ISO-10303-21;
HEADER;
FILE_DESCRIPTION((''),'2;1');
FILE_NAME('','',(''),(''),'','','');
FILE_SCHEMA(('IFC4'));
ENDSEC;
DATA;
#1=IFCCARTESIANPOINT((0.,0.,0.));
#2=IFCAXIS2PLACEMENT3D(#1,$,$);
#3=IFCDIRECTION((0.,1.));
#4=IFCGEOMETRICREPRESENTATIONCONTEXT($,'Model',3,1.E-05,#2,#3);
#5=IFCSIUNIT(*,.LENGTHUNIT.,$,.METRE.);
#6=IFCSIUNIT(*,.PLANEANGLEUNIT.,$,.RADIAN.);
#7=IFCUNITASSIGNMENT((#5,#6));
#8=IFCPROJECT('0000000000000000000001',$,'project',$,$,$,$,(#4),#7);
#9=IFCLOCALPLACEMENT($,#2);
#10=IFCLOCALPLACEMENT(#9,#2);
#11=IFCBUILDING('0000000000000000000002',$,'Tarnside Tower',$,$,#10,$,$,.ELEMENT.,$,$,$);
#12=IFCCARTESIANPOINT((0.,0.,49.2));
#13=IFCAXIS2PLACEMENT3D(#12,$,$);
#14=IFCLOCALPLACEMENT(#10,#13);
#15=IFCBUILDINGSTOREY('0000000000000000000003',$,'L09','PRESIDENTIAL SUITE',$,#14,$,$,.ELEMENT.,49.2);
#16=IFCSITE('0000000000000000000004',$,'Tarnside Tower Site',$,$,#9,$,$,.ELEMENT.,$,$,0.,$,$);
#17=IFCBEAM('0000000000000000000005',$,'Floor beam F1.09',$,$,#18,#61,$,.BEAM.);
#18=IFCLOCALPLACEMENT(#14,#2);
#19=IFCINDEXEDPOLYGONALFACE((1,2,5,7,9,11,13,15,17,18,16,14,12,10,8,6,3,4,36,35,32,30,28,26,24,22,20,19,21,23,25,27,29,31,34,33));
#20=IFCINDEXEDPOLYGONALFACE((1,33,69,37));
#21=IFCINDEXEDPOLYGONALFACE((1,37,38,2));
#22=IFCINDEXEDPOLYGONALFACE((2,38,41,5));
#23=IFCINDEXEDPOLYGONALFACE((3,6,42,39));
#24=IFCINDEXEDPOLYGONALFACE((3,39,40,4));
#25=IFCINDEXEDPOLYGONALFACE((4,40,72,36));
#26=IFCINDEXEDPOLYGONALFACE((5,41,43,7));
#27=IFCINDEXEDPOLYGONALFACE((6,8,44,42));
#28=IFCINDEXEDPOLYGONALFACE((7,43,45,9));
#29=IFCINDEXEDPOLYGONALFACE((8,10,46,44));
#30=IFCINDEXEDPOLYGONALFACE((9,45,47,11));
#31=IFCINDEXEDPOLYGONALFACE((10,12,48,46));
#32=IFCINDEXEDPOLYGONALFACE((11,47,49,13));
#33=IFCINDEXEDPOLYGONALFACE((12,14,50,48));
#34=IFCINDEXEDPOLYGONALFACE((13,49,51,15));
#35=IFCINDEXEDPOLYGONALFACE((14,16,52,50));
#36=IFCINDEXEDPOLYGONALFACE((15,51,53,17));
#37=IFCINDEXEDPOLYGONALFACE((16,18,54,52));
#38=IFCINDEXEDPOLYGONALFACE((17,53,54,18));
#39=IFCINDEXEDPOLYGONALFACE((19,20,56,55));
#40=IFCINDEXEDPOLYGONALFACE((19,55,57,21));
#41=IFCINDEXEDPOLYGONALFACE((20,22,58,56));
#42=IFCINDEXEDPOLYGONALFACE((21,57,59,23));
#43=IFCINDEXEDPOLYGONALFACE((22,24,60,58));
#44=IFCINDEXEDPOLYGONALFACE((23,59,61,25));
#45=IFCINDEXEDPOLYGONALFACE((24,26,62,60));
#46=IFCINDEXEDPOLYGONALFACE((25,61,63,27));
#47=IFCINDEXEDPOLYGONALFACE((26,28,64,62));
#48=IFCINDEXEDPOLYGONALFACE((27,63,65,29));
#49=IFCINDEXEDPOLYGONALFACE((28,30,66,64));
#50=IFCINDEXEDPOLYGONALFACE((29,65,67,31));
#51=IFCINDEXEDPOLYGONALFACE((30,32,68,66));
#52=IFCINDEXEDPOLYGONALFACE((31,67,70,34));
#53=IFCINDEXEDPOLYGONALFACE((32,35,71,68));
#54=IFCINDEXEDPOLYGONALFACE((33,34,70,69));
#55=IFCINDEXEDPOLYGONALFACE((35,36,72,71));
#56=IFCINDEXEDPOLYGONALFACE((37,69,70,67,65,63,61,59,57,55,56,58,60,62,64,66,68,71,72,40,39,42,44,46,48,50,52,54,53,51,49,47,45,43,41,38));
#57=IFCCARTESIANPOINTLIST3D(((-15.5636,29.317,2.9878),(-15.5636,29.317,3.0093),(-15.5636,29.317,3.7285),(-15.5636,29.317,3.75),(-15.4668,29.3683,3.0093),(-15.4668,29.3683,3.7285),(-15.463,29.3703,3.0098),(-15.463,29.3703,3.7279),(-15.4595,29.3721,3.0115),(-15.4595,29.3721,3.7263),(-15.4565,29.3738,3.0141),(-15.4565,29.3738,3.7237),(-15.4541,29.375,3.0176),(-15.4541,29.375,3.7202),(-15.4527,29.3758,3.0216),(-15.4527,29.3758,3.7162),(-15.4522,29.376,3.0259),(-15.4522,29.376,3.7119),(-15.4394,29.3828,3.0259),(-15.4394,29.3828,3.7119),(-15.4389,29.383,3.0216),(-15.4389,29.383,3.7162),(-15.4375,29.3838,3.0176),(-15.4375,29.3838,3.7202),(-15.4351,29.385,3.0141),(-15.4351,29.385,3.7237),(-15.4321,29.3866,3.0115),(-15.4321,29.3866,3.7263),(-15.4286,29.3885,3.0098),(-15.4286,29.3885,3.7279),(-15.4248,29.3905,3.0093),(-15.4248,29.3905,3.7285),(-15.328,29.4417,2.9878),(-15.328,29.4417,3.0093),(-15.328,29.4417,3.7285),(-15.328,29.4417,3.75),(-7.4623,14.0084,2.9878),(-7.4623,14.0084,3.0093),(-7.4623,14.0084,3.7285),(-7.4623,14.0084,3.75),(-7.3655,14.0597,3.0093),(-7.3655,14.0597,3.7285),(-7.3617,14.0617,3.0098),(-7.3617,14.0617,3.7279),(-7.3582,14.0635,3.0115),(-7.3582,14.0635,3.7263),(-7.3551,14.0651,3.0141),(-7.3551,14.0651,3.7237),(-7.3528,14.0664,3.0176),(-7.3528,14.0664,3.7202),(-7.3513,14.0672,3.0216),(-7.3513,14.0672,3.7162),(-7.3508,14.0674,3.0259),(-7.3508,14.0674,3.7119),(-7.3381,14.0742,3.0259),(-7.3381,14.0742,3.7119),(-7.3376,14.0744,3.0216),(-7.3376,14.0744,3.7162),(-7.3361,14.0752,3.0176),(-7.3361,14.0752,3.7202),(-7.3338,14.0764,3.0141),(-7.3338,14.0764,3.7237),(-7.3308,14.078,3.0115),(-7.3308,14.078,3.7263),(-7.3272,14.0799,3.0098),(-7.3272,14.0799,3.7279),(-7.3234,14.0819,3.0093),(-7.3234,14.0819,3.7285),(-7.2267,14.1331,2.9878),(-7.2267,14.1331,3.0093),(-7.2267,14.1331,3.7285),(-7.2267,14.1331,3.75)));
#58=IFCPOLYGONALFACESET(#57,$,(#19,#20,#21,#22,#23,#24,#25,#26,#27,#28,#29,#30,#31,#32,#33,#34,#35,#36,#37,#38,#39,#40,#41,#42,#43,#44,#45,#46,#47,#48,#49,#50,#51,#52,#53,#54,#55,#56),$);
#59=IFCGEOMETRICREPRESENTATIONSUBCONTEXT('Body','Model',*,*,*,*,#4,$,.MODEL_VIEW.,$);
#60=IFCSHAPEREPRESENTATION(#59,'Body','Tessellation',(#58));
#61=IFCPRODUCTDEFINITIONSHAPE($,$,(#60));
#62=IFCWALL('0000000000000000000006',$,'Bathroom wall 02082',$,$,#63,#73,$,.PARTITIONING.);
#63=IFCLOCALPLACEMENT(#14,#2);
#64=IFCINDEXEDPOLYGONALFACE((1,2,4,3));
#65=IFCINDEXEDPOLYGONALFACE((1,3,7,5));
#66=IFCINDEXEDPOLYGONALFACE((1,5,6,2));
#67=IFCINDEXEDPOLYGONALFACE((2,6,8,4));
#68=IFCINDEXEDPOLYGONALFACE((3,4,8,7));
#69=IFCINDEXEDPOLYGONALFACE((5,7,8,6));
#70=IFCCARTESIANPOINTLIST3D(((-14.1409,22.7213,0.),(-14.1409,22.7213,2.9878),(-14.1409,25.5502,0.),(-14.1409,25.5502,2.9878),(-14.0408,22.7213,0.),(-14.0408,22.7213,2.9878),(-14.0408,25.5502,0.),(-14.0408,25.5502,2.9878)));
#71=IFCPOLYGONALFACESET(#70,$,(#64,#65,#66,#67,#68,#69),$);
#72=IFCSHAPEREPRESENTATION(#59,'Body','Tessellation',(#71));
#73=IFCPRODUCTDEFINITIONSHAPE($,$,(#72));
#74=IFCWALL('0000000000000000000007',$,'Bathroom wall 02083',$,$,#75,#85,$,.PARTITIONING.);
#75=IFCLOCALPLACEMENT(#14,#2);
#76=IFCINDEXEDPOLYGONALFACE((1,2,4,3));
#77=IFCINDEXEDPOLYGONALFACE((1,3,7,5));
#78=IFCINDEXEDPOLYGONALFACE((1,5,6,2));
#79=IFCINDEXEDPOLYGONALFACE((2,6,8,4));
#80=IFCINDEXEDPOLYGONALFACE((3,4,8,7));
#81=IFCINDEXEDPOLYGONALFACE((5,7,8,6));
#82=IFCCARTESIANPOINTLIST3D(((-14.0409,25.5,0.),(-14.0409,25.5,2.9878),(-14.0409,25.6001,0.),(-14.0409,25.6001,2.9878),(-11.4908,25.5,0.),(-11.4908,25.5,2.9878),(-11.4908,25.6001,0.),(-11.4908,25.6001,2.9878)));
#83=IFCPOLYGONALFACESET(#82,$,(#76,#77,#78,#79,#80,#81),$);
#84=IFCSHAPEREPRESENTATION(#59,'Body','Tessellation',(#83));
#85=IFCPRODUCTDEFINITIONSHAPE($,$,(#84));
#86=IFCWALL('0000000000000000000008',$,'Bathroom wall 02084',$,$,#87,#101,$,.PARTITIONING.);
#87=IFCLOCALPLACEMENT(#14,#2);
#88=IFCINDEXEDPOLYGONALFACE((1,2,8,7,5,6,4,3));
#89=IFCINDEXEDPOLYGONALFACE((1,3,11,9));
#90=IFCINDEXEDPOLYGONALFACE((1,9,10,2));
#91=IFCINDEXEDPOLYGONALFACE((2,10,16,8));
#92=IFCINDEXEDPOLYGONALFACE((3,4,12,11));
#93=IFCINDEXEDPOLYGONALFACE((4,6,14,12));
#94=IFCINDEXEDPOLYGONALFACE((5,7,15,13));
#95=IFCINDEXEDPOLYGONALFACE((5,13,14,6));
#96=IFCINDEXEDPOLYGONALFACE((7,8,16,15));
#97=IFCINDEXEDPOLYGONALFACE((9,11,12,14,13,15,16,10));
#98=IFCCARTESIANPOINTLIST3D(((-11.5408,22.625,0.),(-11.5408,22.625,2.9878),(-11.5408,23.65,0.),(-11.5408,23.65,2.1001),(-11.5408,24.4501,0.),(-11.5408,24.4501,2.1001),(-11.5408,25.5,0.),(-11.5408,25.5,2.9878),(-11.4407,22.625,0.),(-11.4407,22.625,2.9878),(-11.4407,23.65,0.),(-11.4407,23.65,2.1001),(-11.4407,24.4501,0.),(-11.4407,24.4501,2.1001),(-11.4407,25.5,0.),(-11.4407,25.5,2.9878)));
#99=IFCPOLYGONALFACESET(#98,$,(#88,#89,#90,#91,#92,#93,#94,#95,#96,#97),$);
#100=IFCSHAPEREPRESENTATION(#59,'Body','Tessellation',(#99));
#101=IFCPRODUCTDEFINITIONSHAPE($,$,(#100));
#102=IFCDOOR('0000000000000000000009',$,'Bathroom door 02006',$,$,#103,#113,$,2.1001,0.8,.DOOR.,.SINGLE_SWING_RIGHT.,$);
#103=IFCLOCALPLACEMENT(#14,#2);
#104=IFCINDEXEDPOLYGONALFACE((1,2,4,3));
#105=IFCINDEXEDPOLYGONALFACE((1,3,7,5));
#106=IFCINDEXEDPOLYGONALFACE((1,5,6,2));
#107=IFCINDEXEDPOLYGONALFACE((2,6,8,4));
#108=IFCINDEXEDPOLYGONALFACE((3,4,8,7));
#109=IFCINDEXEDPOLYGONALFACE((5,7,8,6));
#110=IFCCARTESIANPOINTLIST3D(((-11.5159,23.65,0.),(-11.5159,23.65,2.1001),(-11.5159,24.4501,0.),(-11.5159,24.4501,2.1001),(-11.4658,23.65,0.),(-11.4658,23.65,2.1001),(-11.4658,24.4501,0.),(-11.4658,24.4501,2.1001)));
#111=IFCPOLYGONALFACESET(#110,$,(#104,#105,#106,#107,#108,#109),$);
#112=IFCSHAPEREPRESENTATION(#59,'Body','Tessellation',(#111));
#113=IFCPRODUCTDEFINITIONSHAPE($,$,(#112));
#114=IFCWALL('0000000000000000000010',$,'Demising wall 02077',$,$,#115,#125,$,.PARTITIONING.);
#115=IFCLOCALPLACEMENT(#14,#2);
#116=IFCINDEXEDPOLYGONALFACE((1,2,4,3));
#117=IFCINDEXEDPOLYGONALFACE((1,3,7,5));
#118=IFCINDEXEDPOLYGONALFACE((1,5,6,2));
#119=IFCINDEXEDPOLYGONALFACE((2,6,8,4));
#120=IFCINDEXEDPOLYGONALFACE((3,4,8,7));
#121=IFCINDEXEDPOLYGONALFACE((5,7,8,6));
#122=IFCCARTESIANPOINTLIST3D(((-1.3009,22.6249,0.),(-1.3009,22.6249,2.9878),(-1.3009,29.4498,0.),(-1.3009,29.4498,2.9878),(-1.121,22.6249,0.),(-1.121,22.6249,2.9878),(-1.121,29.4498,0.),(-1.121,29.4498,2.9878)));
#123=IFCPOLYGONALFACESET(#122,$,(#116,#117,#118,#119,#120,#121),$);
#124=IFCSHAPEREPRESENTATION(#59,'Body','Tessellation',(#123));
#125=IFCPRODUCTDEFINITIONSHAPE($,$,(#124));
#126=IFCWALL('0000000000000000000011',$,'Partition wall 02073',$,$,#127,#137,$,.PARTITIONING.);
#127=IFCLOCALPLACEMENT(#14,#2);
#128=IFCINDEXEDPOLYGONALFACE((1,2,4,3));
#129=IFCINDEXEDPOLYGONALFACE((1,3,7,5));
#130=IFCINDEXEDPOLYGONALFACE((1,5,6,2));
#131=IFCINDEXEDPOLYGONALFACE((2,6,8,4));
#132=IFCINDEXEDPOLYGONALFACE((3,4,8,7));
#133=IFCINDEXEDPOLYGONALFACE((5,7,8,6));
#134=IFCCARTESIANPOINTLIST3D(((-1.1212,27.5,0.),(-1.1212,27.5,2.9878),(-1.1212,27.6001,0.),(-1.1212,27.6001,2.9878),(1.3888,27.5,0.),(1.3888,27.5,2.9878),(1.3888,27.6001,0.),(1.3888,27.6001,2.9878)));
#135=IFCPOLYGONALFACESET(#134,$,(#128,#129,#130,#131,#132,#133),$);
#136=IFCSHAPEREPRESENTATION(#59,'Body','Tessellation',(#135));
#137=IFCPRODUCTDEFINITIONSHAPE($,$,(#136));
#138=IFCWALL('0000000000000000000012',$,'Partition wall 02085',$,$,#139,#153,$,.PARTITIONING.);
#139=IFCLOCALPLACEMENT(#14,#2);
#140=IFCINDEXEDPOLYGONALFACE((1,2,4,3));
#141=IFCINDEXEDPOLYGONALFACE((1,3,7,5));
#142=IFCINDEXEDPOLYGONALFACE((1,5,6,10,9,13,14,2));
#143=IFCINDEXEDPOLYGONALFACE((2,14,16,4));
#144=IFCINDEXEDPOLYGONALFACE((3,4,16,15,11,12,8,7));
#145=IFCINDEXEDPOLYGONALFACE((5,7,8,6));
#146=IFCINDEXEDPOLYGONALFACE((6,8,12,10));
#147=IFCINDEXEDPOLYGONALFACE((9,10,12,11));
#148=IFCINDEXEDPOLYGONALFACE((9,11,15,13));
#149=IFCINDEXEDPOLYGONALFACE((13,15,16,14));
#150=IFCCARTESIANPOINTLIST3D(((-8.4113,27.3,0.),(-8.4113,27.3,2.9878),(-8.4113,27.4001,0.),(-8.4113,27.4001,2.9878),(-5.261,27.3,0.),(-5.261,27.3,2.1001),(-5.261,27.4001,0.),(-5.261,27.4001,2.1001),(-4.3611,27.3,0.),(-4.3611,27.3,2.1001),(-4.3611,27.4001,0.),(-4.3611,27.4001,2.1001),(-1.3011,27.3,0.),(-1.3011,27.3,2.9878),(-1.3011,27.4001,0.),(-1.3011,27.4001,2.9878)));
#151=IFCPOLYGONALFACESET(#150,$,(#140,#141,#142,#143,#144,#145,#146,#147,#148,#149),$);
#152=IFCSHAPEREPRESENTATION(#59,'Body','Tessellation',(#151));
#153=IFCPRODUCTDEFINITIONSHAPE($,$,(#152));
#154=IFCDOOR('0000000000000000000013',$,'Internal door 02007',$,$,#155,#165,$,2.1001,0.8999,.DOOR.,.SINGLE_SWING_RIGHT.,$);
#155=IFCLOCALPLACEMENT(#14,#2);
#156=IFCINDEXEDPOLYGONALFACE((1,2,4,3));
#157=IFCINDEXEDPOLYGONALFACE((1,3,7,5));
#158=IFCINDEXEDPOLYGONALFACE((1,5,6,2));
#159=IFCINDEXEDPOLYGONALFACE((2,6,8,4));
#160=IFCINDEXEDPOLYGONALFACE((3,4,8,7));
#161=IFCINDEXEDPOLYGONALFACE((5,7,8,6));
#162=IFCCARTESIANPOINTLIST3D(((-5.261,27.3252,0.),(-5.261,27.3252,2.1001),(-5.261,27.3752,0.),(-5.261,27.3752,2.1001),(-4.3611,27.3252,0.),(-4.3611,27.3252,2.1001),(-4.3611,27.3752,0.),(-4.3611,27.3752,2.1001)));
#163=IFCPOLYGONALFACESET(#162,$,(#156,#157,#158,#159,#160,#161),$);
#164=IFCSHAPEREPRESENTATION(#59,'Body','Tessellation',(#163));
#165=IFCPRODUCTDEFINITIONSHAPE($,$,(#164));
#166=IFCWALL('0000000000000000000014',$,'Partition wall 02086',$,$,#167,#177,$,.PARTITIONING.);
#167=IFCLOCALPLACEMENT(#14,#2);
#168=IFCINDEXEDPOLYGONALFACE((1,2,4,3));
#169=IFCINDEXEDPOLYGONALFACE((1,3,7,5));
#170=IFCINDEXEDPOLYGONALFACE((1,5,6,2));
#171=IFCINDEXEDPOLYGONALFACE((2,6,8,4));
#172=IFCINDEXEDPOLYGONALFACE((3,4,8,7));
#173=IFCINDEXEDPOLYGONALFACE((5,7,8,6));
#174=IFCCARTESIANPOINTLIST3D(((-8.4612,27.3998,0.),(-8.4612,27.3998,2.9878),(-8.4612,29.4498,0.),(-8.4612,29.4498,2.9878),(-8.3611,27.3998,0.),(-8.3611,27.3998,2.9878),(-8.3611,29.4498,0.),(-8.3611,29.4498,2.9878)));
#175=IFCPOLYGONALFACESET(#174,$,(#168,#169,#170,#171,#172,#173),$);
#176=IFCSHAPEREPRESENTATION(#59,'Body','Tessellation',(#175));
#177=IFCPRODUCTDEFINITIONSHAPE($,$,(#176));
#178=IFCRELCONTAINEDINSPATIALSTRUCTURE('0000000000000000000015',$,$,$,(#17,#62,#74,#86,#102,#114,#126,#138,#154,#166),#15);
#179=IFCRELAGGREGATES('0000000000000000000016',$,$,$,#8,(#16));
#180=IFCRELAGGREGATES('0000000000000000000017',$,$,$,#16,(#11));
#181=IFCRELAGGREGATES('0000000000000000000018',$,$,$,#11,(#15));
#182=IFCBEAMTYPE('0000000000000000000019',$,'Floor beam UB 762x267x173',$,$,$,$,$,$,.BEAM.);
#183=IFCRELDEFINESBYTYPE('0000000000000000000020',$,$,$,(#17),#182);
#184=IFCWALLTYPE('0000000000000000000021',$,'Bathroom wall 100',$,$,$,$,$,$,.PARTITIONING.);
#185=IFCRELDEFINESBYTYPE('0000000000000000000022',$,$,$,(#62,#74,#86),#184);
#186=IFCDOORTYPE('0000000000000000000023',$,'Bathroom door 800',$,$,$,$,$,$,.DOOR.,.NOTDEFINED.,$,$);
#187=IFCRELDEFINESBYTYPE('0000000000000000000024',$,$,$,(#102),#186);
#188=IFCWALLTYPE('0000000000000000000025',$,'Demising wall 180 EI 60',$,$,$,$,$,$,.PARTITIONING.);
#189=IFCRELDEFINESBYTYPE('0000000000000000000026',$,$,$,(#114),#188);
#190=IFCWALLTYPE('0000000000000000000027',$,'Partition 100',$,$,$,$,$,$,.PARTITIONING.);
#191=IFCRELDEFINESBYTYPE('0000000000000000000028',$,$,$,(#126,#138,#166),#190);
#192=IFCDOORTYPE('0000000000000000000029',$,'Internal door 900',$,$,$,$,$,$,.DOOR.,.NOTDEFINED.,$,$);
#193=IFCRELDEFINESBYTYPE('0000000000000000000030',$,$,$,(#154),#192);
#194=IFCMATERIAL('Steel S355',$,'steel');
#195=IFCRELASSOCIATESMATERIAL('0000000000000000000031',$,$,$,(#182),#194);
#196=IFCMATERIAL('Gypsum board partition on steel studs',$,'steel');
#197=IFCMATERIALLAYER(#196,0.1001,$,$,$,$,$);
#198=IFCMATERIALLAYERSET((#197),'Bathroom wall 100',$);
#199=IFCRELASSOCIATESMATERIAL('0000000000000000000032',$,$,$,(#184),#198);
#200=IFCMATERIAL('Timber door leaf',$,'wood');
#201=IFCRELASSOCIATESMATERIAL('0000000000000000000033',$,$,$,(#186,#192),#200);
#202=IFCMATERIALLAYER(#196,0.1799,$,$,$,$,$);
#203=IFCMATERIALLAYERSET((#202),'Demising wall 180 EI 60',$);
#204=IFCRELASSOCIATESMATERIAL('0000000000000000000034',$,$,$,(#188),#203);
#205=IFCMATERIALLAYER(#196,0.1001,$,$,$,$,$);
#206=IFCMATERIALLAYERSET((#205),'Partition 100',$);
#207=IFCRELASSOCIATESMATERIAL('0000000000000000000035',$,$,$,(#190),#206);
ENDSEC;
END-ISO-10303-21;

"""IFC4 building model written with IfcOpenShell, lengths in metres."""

from ifc_helpers import new_model, si_unit, direction, frame, frame_2d, origin, origin_2d, place, context, subcontext, project, spatial, rectangle, i_section, extrude, material, layer, layer_set, material_profile, profile_set, type_object, element, fill, save


model = new_model("IFC4")

# Units and contexts
model_context = context("Model", 3, precision=1e-05, world=origin(), true_north=direction((0.0, 1.0)))
body_context = subcontext(model_context, "Body", "Model", "MODEL_VIEW")
ifc_project = project(units=[si_unit("LENGTHUNIT", "METRE"), si_unit("PLANEANGLEUNIT", "RADIAN")], contexts=[model_context])

# Site, building, storey
site_placement = place(None, origin())
site = spatial("IfcSite", under=ifc_project, at=site_placement, Name="Tarnside Tower Site", CompositionType="ELEMENT", RefElevation=0.0)
building_placement = place(site_placement, origin())
building = spatial("IfcBuilding", under=site, at=building_placement, Name="Tarnside Tower", CompositionType="ELEMENT")
storey_placement = place(building_placement, frame((0.0, 0.0, 49.2)))
storey = spatial("IfcBuildingStorey", under=building, at=storey_placement, Name="L09", Description="PRESIDENTIAL SUITE", CompositionType="ELEMENT", Elevation=49.2)

# Beam
ifc_material_1 = material(Name="Steel S355", Category="steel")
ifc_material_profile_1 = material_profile(ifc_material_1, i_section(OverallWidth=0.2666, OverallDepth=0.7622, WebThickness=0.0144, FlangeThickness=0.0215, FilletRadius=0.0166, at=origin_2d()), Name="UB 762x267x173")
ifc_profile_set_1 = profile_set([ifc_material_profile_1], Name="Steel S355")
beam_type_1 = type_object("IfcBeamType", Name="Floor beam UB 762x267x173", PredefinedType="BEAM", material=ifc_profile_set_1)
beam_1_placement = place(storey_placement, frame((-15.4458, 29.3794, 3.3689), z_axis=(0.467742, -0.883865, 0.0), x_axis=(0.883865, 0.467742, 0.0)))
element("IfcBeam", 1, at=beam_1_placement, inside=storey, type_object=beam_type_1, Name="Floor beam F1.09", PredefinedType="BEAM", context=body_context, shape_type="SweptSolid", body=[
    extrude(i_section(OverallWidth=0.2666, OverallDepth=0.7622, WebThickness=0.0144, FlangeThickness=0.0215, FilletRadius=0.0166, at=origin_2d()), origin(), (0.0, 0.0, 1.0), 17.3201),
])

# Walls
ifc_material_2 = material(Name="Gypsum board partition on steel studs", Category="steel")
ifc_layer_1 = layer(ifc_material_2, 0.1001)
ifc_layer_set_1 = layer_set([ifc_layer_1], Name="Bathroom wall 100")
wall_type_1 = type_object("IfcWallType", Name="Bathroom wall 100", PredefinedType="PARTITIONING", material=ifc_layer_set_1)
wall_1_placement = place(storey_placement, frame((-14.0908, 22.7212, 0.0), z_axis=(0.0, 0.0, 1.0), x_axis=(0.0, 1.0, 0.0)))
element("IfcWall", 2, at=wall_1_placement, inside=storey, type_object=wall_type_1, Name="Bathroom wall 02082", PredefinedType="PARTITIONING", context=body_context, shape_type="SweptSolid", body=[
    extrude(rectangle(XDim=2.8289, YDim=0.1001, at=frame_2d((1.4146, 0.0))), origin(), (0.0, 0.0, 1.0), 2.9878),
])
wall_2_placement = place(storey_placement, frame((-14.0408, 25.55, 0.0), z_axis=(0.0, 0.0, 1.0), x_axis=(1.0, 0.0, 0.0)))
element("IfcWall", 3, at=wall_2_placement, inside=storey, type_object=wall_type_1, Name="Bathroom wall 02083", PredefinedType="PARTITIONING", context=body_context, shape_type="SweptSolid", body=[
    extrude(rectangle(XDim=2.55, YDim=0.1001, at=frame_2d((1.2749, 0.0))), origin(), (0.0, 0.0, 1.0), 2.9878),
])

# Wall, opening, door
wall_3_placement = place(storey_placement, frame((-11.4907, 25.5, 0.0), z_axis=(0.0, 0.0, 1.0), x_axis=(0.0, -1.0, 0.0)))
wall_3 = element("IfcWall", 4, at=wall_3_placement, inside=storey, type_object=wall_type_1, Name="Bathroom wall 02084", PredefinedType="PARTITIONING", context=body_context, shape_type="SweptSolid", body=[
    extrude(rectangle(XDim=2.875, YDim=0.1001, at=frame_2d((1.4375, 0.0))), origin(), (0.0, 0.0, 1.0), 2.9878),
])
opening_1_placement = place(wall_3_placement, frame((1.05, 0.0, 0.0)))
opening_1 = element("IfcOpeningElement", 5, at=opening_1_placement, cuts=wall_3, PredefinedType="OPENING", context=body_context, shape_type="SweptSolid", body=[
    extrude(rectangle(XDim=0.8, YDim=2.1001, at=frame_2d((0.3999, 1.05))), frame((0.0, 0.0601, 0.0), z_axis=(0.0, -1.0, 0.0), x_axis=(1.0, 0.0, 0.0)), (0.0, 0.0, 1.0), 0.1201),
])
ifc_material_3 = material(Name="Timber door leaf", Category="wood")
door_type_1 = type_object("IfcDoorType", Name="Bathroom door 800", OperationType="NOTDEFINED", PredefinedType="DOOR", material=ifc_material_3)
door_1_placement = place(opening_1_placement, origin())
door_1 = element("IfcDoor", 6, at=door_1_placement, inside=storey, type_object=door_type_1, Name="Bathroom door 02006", OperationType="SINGLE_SWING_RIGHT", OverallHeight=2.1001, OverallWidth=0.8, PredefinedType="DOOR", context=body_context, shape_type="SweptSolid", body=[
    extrude(rectangle(XDim=0.8, YDim=2.1001, at=frame_2d((0.3999, 1.05))), frame((0.0, 0.0249, 0.0), z_axis=(0.0, -1.0, 0.0), x_axis=(1.0, 0.0, 0.0)), (0.0, 0.0, 1.0), 0.05),
])
fill(opening_1, door_1)

# Walls
ifc_layer_2 = layer(ifc_material_2, 0.1799)
ifc_layer_set_2 = layer_set([ifc_layer_2], Name="Demising wall 180 EI 60")
wall_type_2 = type_object("IfcWallType", Name="Demising wall 180 EI 60", PredefinedType="PARTITIONING", material=ifc_layer_set_2)
wall_4_placement = place(storey_placement, frame((-1.2109, 29.45, 0.0), z_axis=(0.0, 0.0, 1.0), x_axis=(0.0, -1.0, 0.0)))
element("IfcWall", 7, at=wall_4_placement, inside=storey, type_object=wall_type_2, Name="Demising wall 02077", PredefinedType="PARTITIONING", context=body_context, shape_type="SweptSolid", body=[
    extrude(rectangle(XDim=6.825, YDim=0.1799, at=frame_2d((3.4126, 0.0))), origin(), (0.0, 0.0, 1.0), 2.9878),
])
ifc_layer_3 = layer(ifc_material_2, 0.1001)
ifc_layer_set_3 = layer_set([ifc_layer_3], Name="Partition 100")
wall_type_3 = type_object("IfcWallType", Name="Partition 100", PredefinedType="PARTITIONING", material=ifc_layer_set_3)
wall_5_placement = place(storey_placement, frame((-1.1211, 27.55, 0.0), z_axis=(0.0, 0.0, 1.0), x_axis=(1.0, 0.0, 0.0)))
element("IfcWall", 8, at=wall_5_placement, inside=storey, type_object=wall_type_3, Name="Partition wall 02073", PredefinedType="PARTITIONING", context=body_context, shape_type="SweptSolid", body=[
    extrude(rectangle(XDim=2.51, YDim=0.1001, at=frame_2d((1.2549, 0.0))), origin(), (0.0, 0.0, 1.0), 2.9878),
])

# Wall, opening, door
wall_6_placement = place(storey_placement, frame((-1.301, 27.3501, 0.0), z_axis=(0.0, 0.0, 1.0), x_axis=(-1.0, 0.0, 0.0)))
wall_6 = element("IfcWall", 9, at=wall_6_placement, inside=storey, type_object=wall_type_3, Name="Partition wall 02085", PredefinedType="PARTITIONING", context=body_context, shape_type="SweptSolid", body=[
    extrude(rectangle(XDim=7.1101, YDim=0.1001, at=frame_2d((3.5552, 0.0))), origin(), (0.0, 0.0, 1.0), 2.9878),
])
opening_2_placement = place(wall_6_placement, frame((3.0601, 0.0, 0.0)))
opening_2 = element("IfcOpeningElement", 10, at=opening_2_placement, cuts=wall_6, PredefinedType="OPENING", context=body_context, shape_type="SweptSolid", body=[
    extrude(rectangle(XDim=0.8999, YDim=2.1001, at=frame_2d((0.45, 1.05))), frame((0.0, 0.0601, 0.0), z_axis=(0.0, -1.0, 0.0), x_axis=(1.0, 0.0, 0.0)), (0.0, 0.0, 1.0), 0.1201),
])
door_type_2 = type_object("IfcDoorType", Name="Internal door 900", OperationType="NOTDEFINED", PredefinedType="DOOR", material=ifc_material_3)
door_2_placement = place(opening_2_placement, origin())
door_2 = element("IfcDoor", 11, at=door_2_placement, inside=storey, type_object=door_type_2, Name="Internal door 02007", OperationType="SINGLE_SWING_RIGHT", OverallHeight=2.1001, OverallWidth=0.8999, PredefinedType="DOOR", context=body_context, shape_type="SweptSolid", body=[
    extrude(rectangle(XDim=0.8999, YDim=2.1001, at=frame_2d((0.45, 1.05))), frame((0.0, 0.0249, 0.0), z_axis=(0.0, -1.0, 0.0), x_axis=(1.0, 0.0, 0.0)), (0.0, 0.0, 1.0), 0.05),
])
fill(opening_2, door_2)

# Wall
wall_7_placement = place(storey_placement, frame((-8.4111, 27.3999, 0.0), z_axis=(0.0, 0.0, 1.0), x_axis=(0.0, 1.0, 0.0)))
element("IfcWall", 12, at=wall_7_placement, inside=storey, type_object=wall_type_3, Name="Partition wall 02086", PredefinedType="PARTITIONING", context=body_context, shape_type="SweptSolid", body=[
    extrude(rectangle(XDim=2.05, YDim=0.1001, at=frame_2d((1.0249, 0.0))), origin(), (0.0, 0.0, 1.0), 2.9878),
])

save(model, "model.ifc")
